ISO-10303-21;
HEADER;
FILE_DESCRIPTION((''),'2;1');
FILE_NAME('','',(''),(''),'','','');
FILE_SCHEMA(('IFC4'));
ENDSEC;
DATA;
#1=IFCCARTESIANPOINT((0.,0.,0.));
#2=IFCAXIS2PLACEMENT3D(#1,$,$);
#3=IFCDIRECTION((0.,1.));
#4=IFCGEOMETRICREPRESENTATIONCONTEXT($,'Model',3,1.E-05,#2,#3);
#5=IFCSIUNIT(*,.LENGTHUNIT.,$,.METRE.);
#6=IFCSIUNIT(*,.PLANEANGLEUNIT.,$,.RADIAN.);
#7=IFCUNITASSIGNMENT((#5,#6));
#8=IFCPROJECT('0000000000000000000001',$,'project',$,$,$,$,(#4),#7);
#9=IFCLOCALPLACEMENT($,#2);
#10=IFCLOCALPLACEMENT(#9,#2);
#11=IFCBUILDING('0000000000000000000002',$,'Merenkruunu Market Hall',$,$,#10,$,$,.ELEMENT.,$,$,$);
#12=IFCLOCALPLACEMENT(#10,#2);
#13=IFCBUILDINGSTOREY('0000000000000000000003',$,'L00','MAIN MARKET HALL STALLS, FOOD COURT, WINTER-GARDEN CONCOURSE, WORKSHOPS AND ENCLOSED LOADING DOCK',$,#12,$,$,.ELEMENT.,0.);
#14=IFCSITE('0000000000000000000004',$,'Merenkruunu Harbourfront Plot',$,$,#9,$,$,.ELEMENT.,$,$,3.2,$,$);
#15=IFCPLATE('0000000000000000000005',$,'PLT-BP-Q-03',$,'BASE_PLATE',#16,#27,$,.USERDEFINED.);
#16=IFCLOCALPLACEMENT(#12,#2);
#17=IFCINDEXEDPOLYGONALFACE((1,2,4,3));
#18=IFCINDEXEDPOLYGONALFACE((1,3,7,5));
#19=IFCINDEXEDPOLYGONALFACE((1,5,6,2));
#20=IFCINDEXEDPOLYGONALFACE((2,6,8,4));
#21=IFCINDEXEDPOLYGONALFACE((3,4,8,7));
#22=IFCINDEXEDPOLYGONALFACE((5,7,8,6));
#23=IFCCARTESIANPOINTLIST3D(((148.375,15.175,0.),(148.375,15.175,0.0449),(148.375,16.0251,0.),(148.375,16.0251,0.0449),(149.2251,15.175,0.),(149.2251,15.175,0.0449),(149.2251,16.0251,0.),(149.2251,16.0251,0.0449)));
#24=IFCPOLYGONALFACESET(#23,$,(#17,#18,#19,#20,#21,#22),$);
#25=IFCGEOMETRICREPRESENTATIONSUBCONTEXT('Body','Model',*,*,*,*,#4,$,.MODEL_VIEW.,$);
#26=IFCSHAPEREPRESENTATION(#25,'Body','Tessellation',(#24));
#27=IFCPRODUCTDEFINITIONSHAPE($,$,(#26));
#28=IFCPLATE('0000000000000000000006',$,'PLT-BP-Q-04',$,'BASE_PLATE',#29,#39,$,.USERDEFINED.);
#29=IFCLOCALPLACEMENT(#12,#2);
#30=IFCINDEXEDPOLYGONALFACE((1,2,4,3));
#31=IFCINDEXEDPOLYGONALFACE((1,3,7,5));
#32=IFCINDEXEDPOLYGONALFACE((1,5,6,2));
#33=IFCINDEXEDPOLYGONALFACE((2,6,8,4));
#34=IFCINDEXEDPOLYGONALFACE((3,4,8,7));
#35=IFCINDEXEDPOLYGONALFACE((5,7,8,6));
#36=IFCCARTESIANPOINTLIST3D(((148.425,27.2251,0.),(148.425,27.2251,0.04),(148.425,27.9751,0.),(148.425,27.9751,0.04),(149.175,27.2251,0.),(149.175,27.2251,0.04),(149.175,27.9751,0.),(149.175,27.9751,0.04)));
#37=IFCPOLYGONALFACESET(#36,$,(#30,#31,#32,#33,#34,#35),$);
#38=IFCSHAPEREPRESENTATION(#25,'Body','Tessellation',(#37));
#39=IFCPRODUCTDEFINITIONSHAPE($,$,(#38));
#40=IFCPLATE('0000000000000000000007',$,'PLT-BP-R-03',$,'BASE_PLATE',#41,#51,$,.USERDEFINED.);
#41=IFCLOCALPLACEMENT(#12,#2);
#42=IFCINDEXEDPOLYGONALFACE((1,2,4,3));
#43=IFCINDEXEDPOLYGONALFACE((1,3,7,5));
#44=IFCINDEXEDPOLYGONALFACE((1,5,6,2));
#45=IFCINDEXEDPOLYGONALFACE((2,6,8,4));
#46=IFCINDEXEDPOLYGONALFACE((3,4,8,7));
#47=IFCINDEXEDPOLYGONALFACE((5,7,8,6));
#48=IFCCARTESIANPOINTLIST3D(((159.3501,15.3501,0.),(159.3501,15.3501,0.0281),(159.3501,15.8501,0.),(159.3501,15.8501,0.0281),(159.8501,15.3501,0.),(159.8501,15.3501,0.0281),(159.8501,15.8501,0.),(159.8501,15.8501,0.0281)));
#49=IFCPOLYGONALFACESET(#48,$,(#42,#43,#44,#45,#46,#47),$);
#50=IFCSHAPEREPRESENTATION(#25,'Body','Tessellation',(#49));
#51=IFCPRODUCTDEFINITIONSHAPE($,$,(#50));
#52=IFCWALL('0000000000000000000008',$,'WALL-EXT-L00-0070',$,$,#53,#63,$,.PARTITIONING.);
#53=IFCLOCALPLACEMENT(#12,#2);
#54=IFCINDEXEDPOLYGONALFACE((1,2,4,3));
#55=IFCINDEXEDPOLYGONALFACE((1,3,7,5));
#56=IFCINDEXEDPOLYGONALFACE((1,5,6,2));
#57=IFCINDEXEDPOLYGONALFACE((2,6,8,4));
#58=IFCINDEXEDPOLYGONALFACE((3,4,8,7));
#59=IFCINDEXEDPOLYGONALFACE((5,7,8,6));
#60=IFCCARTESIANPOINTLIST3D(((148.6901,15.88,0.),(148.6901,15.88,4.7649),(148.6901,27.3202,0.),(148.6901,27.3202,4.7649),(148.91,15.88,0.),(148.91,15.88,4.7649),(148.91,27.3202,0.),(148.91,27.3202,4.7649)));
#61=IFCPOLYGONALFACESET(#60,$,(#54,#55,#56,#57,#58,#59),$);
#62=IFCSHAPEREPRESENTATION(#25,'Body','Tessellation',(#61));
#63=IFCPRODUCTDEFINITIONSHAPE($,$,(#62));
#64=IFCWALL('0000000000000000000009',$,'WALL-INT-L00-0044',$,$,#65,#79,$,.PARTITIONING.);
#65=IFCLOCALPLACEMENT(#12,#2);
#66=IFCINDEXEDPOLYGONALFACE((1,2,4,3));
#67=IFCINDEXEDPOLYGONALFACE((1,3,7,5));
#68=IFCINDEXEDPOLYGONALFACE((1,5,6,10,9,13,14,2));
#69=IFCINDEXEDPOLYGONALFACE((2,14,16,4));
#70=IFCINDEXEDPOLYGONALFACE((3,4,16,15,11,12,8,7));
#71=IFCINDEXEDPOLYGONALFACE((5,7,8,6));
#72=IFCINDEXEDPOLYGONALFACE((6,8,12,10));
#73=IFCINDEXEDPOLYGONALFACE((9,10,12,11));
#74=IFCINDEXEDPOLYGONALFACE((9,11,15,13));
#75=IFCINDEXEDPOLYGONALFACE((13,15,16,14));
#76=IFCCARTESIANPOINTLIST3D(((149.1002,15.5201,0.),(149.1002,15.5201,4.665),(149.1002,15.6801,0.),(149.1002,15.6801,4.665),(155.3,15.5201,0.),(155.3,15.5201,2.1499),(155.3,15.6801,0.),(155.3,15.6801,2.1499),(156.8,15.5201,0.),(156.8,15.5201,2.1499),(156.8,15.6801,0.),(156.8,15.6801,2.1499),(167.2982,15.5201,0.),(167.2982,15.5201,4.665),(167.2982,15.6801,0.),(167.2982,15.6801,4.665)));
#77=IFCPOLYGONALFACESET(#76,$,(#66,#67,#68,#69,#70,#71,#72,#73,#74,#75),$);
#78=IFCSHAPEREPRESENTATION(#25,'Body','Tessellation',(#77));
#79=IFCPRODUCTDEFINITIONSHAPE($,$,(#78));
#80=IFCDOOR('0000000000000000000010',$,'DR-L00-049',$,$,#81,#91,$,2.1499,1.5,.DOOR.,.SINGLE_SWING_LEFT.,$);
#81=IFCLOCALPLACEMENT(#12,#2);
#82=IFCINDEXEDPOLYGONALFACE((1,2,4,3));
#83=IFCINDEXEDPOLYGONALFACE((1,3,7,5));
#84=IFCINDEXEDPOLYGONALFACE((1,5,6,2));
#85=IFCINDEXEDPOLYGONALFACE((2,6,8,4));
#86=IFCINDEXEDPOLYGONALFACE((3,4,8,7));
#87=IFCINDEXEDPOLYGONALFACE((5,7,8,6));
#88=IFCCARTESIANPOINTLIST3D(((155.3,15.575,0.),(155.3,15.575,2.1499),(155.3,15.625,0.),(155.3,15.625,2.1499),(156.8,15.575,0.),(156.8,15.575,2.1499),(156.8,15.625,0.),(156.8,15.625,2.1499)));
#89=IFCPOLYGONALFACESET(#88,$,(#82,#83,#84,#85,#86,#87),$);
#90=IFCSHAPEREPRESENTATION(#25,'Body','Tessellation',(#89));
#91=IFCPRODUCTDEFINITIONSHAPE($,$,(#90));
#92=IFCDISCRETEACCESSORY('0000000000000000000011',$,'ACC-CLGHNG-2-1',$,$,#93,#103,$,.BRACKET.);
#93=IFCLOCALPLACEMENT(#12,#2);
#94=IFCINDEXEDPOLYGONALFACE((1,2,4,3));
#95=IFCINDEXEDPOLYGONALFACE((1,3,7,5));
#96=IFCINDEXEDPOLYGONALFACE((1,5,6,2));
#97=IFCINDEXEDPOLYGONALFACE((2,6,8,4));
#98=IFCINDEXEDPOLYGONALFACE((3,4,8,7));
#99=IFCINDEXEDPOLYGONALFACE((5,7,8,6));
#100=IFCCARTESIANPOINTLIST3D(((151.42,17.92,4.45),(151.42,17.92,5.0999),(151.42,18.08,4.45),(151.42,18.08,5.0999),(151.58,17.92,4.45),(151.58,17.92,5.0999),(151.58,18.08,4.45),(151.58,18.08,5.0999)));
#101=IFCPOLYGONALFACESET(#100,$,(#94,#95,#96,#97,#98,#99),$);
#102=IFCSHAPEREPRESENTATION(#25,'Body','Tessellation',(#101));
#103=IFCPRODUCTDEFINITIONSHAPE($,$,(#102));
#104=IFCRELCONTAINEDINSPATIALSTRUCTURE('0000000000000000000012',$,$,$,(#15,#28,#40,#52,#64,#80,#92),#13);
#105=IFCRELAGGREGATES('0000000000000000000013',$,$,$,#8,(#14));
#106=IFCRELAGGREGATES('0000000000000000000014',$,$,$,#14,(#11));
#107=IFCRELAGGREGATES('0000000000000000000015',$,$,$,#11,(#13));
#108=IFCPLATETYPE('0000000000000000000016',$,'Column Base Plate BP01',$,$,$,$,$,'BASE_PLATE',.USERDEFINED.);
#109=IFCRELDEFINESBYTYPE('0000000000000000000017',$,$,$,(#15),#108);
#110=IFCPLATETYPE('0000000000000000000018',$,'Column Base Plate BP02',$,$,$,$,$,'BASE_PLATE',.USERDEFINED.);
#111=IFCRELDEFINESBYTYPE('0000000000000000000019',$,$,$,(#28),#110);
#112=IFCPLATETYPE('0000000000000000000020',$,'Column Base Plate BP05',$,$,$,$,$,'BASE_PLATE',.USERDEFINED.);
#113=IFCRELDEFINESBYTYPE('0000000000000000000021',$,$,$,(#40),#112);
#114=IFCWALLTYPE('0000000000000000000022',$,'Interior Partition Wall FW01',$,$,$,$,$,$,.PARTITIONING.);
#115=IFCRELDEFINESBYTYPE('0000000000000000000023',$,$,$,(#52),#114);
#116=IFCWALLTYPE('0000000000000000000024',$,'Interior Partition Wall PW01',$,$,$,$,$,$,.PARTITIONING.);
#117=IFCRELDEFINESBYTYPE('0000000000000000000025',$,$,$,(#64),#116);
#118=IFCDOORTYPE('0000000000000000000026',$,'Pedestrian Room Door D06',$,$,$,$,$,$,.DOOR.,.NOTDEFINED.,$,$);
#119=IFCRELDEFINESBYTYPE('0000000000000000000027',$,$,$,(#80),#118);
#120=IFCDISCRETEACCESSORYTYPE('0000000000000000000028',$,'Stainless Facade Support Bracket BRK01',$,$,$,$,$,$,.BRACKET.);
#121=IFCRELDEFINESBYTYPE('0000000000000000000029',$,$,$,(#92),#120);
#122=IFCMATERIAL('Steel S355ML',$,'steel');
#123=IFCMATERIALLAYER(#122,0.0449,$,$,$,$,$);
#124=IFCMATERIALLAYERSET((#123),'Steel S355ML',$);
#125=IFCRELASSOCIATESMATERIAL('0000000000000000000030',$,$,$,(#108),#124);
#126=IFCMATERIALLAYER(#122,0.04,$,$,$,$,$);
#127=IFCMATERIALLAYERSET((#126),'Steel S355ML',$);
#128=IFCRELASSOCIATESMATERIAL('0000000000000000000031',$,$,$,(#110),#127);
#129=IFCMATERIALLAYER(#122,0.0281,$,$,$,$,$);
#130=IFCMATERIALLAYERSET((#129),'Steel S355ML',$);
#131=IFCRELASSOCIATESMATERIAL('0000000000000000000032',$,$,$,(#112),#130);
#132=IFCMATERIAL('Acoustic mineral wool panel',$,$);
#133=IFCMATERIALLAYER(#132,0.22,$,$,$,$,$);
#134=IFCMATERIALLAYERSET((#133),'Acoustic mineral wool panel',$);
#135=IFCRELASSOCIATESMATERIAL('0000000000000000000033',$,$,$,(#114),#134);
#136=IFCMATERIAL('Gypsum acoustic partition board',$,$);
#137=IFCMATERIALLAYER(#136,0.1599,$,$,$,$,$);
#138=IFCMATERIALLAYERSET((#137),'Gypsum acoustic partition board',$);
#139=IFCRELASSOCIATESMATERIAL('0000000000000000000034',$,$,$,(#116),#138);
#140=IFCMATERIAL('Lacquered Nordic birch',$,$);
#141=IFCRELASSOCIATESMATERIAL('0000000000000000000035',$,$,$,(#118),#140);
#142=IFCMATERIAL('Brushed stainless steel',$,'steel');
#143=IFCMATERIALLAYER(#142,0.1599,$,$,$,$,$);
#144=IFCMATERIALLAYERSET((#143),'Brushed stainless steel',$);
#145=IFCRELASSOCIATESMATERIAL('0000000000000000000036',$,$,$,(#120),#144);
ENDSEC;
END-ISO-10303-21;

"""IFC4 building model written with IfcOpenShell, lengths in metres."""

from ifc_helpers import new_model, si_unit, direction, frame, frame_2d, origin, origin_2d, place, context, subcontext, project, spatial, rectangle, extrude, material, layer, layer_set, type_object, element, fill, save


model = new_model("IFC4")

# Units and contexts
model_context = context("Model", 3, precision=1e-05, world=origin(), true_north=direction((0.0, 1.0)))
body_context = subcontext(model_context, "Body", "Model", "MODEL_VIEW")
ifc_project = project(units=[si_unit("LENGTHUNIT", "METRE"), si_unit("PLANEANGLEUNIT", "RADIAN")], contexts=[model_context])

# Site, building, storey
site_placement = place(None, origin())
site = spatial("IfcSite", under=ifc_project, at=site_placement, Name="Merenkruunu Harbourfront Plot", CompositionType="ELEMENT", RefElevation=3.2)
building_placement = place(site_placement, origin())
building = spatial("IfcBuilding", under=site, at=building_placement, Name="Merenkruunu Market Hall", CompositionType="ELEMENT")
storey_placement = place(building_placement, origin())
storey = spatial("IfcBuildingStorey", under=building, at=storey_placement, Name="L00", Description="MAIN MARKET HALL STALLS, FOOD COURT, WINTER-GARDEN CONCOURSE, WORKSHOPS AND ENCLOSED LOADING DOCK", CompositionType="ELEMENT", Elevation=0.0)

# Shared definitions
ifc_material_1 = material(Name="Steel S355ML", Category="steel")

# Plates
ifc_layer_1 = layer(ifc_material_1, 0.0449)
ifc_layer_set_1 = layer_set([ifc_layer_1], Name="Steel S355ML")
plate_type_1 = type_object("IfcPlateType", Name="Column Base Plate BP01", ElementType="BASE_PLATE", PredefinedType="USERDEFINED", material=ifc_layer_set_1)
plate_1_placement = place(storey_placement, frame((148.8, 15.6001, 0.0), z_axis=(0.0, 0.0, 1.0), x_axis=(1.0, 0.0, 0.0)))
element("IfcPlate", 1, at=plate_1_placement, inside=storey, type_object=plate_type_1, Name="PLT-BP-Q-03", ObjectType="BASE_PLATE", PredefinedType="USERDEFINED", context=body_context, shape_type="SweptSolid", body=[
    extrude(rectangle(XDim=0.8501, YDim=0.8501, at=origin_2d()), origin(), (0.0, 0.0, 1.0), 0.0449),
])
ifc_layer_2 = layer(ifc_material_1, 0.04)
ifc_layer_set_2 = layer_set([ifc_layer_2], Name="Steel S355ML")
plate_type_2 = type_object("IfcPlateType", Name="Column Base Plate BP02", ElementType="BASE_PLATE", PredefinedType="USERDEFINED", material=ifc_layer_set_2)
plate_2_placement = place(storey_placement, frame((148.8, 27.6001, 0.0), z_axis=(0.0, 0.0, 1.0), x_axis=(1.0, 0.0, 0.0)))
element("IfcPlate", 2, at=plate_2_placement, inside=storey, type_object=plate_type_2, Name="PLT-BP-Q-04", ObjectType="BASE_PLATE", PredefinedType="USERDEFINED", context=body_context, shape_type="SweptSolid", body=[
    extrude(rectangle(XDim=0.75, YDim=0.75, at=origin_2d()), origin(), (0.0, 0.0, 1.0), 0.04),
])
ifc_layer_3 = layer(ifc_material_1, 0.0281)
ifc_layer_set_3 = layer_set([ifc_layer_3], Name="Steel S355ML")
plate_type_3 = type_object("IfcPlateType", Name="Column Base Plate BP05", ElementType="BASE_PLATE", PredefinedType="USERDEFINED", material=ifc_layer_set_3)
plate_3_placement = place(storey_placement, frame((159.6001, 15.6001, 0.0), z_axis=(0.0, 0.0, 1.0), x_axis=(1.0, 0.0, 0.0)))
element("IfcPlate", 3, at=plate_3_placement, inside=storey, type_object=plate_type_3, Name="PLT-BP-R-03", ObjectType="BASE_PLATE", PredefinedType="USERDEFINED", context=body_context, shape_type="SweptSolid", body=[
    extrude(rectangle(XDim=0.5, YDim=0.5, at=origin_2d()), origin(), (0.0, 0.0, 1.0), 0.0281),
])

# Wall
ifc_material_2 = material(Name="Acoustic mineral wool panel")
ifc_layer_4 = layer(ifc_material_2, 0.22)
ifc_layer_set_4 = layer_set([ifc_layer_4], Name="Acoustic mineral wool panel")
wall_type_1 = type_object("IfcWallType", Name="Interior Partition Wall FW01", PredefinedType="PARTITIONING", material=ifc_layer_set_4)
wall_1_placement = place(storey_placement, frame((148.8, 15.8799, 0.0), z_axis=(0.0, 0.0, 1.0), x_axis=(0.0, 1.0, 0.0)))
element("IfcWall", 4, at=wall_1_placement, inside=storey, type_object=wall_type_1, Name="WALL-EXT-L00-0070", PredefinedType="PARTITIONING", context=body_context, shape_type="SweptSolid", body=[
    extrude(rectangle(XDim=11.4402, YDim=0.22, at=frame_2d((5.7202, 0.0))), origin(), (0.0, 0.0, 1.0), 4.7649),
])

# Wall, opening, door
ifc_material_3 = material(Name="Gypsum acoustic partition board")
ifc_layer_5 = layer(ifc_material_3, 0.1599)
ifc_layer_set_5 = layer_set([ifc_layer_5], Name="Gypsum acoustic partition board")
wall_type_2 = type_object("IfcWallType", Name="Interior Partition Wall PW01", PredefinedType="PARTITIONING", material=ifc_layer_set_5)
wall_2_placement = place(storey_placement, frame((149.1001, 15.6001, 0.0), z_axis=(0.0, 0.0, 1.0), x_axis=(1.0, 0.0, 0.0)))
wall_2 = element("IfcWall", 5, at=wall_2_placement, inside=storey, type_object=wall_type_2, Name="WALL-INT-L00-0044", PredefinedType="PARTITIONING", context=body_context, shape_type="SweptSolid", body=[
    extrude(rectangle(XDim=18.198, YDim=0.1599, at=frame_2d((9.0991, 0.0))), origin(), (0.0, 0.0, 1.0), 4.665),
])
opening_1_placement = place(wall_2_placement, frame((6.2, 0.0, 0.0)))
opening_1 = element("IfcOpeningElement", 6, at=opening_1_placement, cuts=wall_2, PredefinedType="OPENING", context=body_context, shape_type="SweptSolid", body=[
    extrude(rectangle(XDim=1.5, YDim=2.1499, at=frame_2d((0.75, 1.075))), frame((0.0, 0.0898, 0.0), z_axis=(0.0, -1.0, 0.0), x_axis=(1.0, 0.0, 0.0)), (0.0, 0.0, 1.0), 0.1799),
])
ifc_material_4 = material(Name="Lacquered Nordic birch")
door_type_1 = type_object("IfcDoorType", Name="Pedestrian Room Door D06", OperationType="NOTDEFINED", PredefinedType="DOOR", material=ifc_material_4)
door_1_placement = place(opening_1_placement, origin())
door_1 = element("IfcDoor", 7, at=door_1_placement, inside=storey, type_object=door_type_1, Name="DR-L00-049", OperationType="SINGLE_SWING_LEFT", OverallHeight=2.1499, OverallWidth=1.5, PredefinedType="DOOR", context=body_context, shape_type="SweptSolid", body=[
    extrude(rectangle(XDim=1.5, YDim=2.1499, at=frame_2d((0.75, 1.075))), frame((0.0, 0.0249, 0.0), z_axis=(0.0, -1.0, 0.0), x_axis=(1.0, 0.0, 0.0)), (0.0, 0.0, 1.0), 0.05),
])
fill(opening_1, door_1)

# Discrete accessory
ifc_material_5 = material(Name="Brushed stainless steel", Category="steel")
ifc_layer_6 = layer(ifc_material_5, 0.1599)
ifc_layer_set_6 = layer_set([ifc_layer_6], Name="Brushed stainless steel")
discrete_accessory_type = type_object("IfcDiscreteAccessoryType", Name="Stainless Facade Support Bracket BRK01", PredefinedType="BRACKET", material=ifc_layer_set_6)
discrete_accessory_placement = place(storey_placement, frame((151.5, 18.0, 4.45), z_axis=(0.0, 0.0, 1.0), x_axis=(1.0, 0.0, 0.0)))
element("IfcDiscreteAccessory", 8, at=discrete_accessory_placement, inside=storey, type_object=discrete_accessory_type, Name="ACC-CLGHNG-2-1", PredefinedType="BRACKET", context=body_context, shape_type="SweptSolid", body=[
    extrude(rectangle(XDim=0.1599, YDim=0.1599, at=origin_2d()), origin(), (0.0, 0.0, 1.0), 0.6499),
])

save(model, "model.ifc")
